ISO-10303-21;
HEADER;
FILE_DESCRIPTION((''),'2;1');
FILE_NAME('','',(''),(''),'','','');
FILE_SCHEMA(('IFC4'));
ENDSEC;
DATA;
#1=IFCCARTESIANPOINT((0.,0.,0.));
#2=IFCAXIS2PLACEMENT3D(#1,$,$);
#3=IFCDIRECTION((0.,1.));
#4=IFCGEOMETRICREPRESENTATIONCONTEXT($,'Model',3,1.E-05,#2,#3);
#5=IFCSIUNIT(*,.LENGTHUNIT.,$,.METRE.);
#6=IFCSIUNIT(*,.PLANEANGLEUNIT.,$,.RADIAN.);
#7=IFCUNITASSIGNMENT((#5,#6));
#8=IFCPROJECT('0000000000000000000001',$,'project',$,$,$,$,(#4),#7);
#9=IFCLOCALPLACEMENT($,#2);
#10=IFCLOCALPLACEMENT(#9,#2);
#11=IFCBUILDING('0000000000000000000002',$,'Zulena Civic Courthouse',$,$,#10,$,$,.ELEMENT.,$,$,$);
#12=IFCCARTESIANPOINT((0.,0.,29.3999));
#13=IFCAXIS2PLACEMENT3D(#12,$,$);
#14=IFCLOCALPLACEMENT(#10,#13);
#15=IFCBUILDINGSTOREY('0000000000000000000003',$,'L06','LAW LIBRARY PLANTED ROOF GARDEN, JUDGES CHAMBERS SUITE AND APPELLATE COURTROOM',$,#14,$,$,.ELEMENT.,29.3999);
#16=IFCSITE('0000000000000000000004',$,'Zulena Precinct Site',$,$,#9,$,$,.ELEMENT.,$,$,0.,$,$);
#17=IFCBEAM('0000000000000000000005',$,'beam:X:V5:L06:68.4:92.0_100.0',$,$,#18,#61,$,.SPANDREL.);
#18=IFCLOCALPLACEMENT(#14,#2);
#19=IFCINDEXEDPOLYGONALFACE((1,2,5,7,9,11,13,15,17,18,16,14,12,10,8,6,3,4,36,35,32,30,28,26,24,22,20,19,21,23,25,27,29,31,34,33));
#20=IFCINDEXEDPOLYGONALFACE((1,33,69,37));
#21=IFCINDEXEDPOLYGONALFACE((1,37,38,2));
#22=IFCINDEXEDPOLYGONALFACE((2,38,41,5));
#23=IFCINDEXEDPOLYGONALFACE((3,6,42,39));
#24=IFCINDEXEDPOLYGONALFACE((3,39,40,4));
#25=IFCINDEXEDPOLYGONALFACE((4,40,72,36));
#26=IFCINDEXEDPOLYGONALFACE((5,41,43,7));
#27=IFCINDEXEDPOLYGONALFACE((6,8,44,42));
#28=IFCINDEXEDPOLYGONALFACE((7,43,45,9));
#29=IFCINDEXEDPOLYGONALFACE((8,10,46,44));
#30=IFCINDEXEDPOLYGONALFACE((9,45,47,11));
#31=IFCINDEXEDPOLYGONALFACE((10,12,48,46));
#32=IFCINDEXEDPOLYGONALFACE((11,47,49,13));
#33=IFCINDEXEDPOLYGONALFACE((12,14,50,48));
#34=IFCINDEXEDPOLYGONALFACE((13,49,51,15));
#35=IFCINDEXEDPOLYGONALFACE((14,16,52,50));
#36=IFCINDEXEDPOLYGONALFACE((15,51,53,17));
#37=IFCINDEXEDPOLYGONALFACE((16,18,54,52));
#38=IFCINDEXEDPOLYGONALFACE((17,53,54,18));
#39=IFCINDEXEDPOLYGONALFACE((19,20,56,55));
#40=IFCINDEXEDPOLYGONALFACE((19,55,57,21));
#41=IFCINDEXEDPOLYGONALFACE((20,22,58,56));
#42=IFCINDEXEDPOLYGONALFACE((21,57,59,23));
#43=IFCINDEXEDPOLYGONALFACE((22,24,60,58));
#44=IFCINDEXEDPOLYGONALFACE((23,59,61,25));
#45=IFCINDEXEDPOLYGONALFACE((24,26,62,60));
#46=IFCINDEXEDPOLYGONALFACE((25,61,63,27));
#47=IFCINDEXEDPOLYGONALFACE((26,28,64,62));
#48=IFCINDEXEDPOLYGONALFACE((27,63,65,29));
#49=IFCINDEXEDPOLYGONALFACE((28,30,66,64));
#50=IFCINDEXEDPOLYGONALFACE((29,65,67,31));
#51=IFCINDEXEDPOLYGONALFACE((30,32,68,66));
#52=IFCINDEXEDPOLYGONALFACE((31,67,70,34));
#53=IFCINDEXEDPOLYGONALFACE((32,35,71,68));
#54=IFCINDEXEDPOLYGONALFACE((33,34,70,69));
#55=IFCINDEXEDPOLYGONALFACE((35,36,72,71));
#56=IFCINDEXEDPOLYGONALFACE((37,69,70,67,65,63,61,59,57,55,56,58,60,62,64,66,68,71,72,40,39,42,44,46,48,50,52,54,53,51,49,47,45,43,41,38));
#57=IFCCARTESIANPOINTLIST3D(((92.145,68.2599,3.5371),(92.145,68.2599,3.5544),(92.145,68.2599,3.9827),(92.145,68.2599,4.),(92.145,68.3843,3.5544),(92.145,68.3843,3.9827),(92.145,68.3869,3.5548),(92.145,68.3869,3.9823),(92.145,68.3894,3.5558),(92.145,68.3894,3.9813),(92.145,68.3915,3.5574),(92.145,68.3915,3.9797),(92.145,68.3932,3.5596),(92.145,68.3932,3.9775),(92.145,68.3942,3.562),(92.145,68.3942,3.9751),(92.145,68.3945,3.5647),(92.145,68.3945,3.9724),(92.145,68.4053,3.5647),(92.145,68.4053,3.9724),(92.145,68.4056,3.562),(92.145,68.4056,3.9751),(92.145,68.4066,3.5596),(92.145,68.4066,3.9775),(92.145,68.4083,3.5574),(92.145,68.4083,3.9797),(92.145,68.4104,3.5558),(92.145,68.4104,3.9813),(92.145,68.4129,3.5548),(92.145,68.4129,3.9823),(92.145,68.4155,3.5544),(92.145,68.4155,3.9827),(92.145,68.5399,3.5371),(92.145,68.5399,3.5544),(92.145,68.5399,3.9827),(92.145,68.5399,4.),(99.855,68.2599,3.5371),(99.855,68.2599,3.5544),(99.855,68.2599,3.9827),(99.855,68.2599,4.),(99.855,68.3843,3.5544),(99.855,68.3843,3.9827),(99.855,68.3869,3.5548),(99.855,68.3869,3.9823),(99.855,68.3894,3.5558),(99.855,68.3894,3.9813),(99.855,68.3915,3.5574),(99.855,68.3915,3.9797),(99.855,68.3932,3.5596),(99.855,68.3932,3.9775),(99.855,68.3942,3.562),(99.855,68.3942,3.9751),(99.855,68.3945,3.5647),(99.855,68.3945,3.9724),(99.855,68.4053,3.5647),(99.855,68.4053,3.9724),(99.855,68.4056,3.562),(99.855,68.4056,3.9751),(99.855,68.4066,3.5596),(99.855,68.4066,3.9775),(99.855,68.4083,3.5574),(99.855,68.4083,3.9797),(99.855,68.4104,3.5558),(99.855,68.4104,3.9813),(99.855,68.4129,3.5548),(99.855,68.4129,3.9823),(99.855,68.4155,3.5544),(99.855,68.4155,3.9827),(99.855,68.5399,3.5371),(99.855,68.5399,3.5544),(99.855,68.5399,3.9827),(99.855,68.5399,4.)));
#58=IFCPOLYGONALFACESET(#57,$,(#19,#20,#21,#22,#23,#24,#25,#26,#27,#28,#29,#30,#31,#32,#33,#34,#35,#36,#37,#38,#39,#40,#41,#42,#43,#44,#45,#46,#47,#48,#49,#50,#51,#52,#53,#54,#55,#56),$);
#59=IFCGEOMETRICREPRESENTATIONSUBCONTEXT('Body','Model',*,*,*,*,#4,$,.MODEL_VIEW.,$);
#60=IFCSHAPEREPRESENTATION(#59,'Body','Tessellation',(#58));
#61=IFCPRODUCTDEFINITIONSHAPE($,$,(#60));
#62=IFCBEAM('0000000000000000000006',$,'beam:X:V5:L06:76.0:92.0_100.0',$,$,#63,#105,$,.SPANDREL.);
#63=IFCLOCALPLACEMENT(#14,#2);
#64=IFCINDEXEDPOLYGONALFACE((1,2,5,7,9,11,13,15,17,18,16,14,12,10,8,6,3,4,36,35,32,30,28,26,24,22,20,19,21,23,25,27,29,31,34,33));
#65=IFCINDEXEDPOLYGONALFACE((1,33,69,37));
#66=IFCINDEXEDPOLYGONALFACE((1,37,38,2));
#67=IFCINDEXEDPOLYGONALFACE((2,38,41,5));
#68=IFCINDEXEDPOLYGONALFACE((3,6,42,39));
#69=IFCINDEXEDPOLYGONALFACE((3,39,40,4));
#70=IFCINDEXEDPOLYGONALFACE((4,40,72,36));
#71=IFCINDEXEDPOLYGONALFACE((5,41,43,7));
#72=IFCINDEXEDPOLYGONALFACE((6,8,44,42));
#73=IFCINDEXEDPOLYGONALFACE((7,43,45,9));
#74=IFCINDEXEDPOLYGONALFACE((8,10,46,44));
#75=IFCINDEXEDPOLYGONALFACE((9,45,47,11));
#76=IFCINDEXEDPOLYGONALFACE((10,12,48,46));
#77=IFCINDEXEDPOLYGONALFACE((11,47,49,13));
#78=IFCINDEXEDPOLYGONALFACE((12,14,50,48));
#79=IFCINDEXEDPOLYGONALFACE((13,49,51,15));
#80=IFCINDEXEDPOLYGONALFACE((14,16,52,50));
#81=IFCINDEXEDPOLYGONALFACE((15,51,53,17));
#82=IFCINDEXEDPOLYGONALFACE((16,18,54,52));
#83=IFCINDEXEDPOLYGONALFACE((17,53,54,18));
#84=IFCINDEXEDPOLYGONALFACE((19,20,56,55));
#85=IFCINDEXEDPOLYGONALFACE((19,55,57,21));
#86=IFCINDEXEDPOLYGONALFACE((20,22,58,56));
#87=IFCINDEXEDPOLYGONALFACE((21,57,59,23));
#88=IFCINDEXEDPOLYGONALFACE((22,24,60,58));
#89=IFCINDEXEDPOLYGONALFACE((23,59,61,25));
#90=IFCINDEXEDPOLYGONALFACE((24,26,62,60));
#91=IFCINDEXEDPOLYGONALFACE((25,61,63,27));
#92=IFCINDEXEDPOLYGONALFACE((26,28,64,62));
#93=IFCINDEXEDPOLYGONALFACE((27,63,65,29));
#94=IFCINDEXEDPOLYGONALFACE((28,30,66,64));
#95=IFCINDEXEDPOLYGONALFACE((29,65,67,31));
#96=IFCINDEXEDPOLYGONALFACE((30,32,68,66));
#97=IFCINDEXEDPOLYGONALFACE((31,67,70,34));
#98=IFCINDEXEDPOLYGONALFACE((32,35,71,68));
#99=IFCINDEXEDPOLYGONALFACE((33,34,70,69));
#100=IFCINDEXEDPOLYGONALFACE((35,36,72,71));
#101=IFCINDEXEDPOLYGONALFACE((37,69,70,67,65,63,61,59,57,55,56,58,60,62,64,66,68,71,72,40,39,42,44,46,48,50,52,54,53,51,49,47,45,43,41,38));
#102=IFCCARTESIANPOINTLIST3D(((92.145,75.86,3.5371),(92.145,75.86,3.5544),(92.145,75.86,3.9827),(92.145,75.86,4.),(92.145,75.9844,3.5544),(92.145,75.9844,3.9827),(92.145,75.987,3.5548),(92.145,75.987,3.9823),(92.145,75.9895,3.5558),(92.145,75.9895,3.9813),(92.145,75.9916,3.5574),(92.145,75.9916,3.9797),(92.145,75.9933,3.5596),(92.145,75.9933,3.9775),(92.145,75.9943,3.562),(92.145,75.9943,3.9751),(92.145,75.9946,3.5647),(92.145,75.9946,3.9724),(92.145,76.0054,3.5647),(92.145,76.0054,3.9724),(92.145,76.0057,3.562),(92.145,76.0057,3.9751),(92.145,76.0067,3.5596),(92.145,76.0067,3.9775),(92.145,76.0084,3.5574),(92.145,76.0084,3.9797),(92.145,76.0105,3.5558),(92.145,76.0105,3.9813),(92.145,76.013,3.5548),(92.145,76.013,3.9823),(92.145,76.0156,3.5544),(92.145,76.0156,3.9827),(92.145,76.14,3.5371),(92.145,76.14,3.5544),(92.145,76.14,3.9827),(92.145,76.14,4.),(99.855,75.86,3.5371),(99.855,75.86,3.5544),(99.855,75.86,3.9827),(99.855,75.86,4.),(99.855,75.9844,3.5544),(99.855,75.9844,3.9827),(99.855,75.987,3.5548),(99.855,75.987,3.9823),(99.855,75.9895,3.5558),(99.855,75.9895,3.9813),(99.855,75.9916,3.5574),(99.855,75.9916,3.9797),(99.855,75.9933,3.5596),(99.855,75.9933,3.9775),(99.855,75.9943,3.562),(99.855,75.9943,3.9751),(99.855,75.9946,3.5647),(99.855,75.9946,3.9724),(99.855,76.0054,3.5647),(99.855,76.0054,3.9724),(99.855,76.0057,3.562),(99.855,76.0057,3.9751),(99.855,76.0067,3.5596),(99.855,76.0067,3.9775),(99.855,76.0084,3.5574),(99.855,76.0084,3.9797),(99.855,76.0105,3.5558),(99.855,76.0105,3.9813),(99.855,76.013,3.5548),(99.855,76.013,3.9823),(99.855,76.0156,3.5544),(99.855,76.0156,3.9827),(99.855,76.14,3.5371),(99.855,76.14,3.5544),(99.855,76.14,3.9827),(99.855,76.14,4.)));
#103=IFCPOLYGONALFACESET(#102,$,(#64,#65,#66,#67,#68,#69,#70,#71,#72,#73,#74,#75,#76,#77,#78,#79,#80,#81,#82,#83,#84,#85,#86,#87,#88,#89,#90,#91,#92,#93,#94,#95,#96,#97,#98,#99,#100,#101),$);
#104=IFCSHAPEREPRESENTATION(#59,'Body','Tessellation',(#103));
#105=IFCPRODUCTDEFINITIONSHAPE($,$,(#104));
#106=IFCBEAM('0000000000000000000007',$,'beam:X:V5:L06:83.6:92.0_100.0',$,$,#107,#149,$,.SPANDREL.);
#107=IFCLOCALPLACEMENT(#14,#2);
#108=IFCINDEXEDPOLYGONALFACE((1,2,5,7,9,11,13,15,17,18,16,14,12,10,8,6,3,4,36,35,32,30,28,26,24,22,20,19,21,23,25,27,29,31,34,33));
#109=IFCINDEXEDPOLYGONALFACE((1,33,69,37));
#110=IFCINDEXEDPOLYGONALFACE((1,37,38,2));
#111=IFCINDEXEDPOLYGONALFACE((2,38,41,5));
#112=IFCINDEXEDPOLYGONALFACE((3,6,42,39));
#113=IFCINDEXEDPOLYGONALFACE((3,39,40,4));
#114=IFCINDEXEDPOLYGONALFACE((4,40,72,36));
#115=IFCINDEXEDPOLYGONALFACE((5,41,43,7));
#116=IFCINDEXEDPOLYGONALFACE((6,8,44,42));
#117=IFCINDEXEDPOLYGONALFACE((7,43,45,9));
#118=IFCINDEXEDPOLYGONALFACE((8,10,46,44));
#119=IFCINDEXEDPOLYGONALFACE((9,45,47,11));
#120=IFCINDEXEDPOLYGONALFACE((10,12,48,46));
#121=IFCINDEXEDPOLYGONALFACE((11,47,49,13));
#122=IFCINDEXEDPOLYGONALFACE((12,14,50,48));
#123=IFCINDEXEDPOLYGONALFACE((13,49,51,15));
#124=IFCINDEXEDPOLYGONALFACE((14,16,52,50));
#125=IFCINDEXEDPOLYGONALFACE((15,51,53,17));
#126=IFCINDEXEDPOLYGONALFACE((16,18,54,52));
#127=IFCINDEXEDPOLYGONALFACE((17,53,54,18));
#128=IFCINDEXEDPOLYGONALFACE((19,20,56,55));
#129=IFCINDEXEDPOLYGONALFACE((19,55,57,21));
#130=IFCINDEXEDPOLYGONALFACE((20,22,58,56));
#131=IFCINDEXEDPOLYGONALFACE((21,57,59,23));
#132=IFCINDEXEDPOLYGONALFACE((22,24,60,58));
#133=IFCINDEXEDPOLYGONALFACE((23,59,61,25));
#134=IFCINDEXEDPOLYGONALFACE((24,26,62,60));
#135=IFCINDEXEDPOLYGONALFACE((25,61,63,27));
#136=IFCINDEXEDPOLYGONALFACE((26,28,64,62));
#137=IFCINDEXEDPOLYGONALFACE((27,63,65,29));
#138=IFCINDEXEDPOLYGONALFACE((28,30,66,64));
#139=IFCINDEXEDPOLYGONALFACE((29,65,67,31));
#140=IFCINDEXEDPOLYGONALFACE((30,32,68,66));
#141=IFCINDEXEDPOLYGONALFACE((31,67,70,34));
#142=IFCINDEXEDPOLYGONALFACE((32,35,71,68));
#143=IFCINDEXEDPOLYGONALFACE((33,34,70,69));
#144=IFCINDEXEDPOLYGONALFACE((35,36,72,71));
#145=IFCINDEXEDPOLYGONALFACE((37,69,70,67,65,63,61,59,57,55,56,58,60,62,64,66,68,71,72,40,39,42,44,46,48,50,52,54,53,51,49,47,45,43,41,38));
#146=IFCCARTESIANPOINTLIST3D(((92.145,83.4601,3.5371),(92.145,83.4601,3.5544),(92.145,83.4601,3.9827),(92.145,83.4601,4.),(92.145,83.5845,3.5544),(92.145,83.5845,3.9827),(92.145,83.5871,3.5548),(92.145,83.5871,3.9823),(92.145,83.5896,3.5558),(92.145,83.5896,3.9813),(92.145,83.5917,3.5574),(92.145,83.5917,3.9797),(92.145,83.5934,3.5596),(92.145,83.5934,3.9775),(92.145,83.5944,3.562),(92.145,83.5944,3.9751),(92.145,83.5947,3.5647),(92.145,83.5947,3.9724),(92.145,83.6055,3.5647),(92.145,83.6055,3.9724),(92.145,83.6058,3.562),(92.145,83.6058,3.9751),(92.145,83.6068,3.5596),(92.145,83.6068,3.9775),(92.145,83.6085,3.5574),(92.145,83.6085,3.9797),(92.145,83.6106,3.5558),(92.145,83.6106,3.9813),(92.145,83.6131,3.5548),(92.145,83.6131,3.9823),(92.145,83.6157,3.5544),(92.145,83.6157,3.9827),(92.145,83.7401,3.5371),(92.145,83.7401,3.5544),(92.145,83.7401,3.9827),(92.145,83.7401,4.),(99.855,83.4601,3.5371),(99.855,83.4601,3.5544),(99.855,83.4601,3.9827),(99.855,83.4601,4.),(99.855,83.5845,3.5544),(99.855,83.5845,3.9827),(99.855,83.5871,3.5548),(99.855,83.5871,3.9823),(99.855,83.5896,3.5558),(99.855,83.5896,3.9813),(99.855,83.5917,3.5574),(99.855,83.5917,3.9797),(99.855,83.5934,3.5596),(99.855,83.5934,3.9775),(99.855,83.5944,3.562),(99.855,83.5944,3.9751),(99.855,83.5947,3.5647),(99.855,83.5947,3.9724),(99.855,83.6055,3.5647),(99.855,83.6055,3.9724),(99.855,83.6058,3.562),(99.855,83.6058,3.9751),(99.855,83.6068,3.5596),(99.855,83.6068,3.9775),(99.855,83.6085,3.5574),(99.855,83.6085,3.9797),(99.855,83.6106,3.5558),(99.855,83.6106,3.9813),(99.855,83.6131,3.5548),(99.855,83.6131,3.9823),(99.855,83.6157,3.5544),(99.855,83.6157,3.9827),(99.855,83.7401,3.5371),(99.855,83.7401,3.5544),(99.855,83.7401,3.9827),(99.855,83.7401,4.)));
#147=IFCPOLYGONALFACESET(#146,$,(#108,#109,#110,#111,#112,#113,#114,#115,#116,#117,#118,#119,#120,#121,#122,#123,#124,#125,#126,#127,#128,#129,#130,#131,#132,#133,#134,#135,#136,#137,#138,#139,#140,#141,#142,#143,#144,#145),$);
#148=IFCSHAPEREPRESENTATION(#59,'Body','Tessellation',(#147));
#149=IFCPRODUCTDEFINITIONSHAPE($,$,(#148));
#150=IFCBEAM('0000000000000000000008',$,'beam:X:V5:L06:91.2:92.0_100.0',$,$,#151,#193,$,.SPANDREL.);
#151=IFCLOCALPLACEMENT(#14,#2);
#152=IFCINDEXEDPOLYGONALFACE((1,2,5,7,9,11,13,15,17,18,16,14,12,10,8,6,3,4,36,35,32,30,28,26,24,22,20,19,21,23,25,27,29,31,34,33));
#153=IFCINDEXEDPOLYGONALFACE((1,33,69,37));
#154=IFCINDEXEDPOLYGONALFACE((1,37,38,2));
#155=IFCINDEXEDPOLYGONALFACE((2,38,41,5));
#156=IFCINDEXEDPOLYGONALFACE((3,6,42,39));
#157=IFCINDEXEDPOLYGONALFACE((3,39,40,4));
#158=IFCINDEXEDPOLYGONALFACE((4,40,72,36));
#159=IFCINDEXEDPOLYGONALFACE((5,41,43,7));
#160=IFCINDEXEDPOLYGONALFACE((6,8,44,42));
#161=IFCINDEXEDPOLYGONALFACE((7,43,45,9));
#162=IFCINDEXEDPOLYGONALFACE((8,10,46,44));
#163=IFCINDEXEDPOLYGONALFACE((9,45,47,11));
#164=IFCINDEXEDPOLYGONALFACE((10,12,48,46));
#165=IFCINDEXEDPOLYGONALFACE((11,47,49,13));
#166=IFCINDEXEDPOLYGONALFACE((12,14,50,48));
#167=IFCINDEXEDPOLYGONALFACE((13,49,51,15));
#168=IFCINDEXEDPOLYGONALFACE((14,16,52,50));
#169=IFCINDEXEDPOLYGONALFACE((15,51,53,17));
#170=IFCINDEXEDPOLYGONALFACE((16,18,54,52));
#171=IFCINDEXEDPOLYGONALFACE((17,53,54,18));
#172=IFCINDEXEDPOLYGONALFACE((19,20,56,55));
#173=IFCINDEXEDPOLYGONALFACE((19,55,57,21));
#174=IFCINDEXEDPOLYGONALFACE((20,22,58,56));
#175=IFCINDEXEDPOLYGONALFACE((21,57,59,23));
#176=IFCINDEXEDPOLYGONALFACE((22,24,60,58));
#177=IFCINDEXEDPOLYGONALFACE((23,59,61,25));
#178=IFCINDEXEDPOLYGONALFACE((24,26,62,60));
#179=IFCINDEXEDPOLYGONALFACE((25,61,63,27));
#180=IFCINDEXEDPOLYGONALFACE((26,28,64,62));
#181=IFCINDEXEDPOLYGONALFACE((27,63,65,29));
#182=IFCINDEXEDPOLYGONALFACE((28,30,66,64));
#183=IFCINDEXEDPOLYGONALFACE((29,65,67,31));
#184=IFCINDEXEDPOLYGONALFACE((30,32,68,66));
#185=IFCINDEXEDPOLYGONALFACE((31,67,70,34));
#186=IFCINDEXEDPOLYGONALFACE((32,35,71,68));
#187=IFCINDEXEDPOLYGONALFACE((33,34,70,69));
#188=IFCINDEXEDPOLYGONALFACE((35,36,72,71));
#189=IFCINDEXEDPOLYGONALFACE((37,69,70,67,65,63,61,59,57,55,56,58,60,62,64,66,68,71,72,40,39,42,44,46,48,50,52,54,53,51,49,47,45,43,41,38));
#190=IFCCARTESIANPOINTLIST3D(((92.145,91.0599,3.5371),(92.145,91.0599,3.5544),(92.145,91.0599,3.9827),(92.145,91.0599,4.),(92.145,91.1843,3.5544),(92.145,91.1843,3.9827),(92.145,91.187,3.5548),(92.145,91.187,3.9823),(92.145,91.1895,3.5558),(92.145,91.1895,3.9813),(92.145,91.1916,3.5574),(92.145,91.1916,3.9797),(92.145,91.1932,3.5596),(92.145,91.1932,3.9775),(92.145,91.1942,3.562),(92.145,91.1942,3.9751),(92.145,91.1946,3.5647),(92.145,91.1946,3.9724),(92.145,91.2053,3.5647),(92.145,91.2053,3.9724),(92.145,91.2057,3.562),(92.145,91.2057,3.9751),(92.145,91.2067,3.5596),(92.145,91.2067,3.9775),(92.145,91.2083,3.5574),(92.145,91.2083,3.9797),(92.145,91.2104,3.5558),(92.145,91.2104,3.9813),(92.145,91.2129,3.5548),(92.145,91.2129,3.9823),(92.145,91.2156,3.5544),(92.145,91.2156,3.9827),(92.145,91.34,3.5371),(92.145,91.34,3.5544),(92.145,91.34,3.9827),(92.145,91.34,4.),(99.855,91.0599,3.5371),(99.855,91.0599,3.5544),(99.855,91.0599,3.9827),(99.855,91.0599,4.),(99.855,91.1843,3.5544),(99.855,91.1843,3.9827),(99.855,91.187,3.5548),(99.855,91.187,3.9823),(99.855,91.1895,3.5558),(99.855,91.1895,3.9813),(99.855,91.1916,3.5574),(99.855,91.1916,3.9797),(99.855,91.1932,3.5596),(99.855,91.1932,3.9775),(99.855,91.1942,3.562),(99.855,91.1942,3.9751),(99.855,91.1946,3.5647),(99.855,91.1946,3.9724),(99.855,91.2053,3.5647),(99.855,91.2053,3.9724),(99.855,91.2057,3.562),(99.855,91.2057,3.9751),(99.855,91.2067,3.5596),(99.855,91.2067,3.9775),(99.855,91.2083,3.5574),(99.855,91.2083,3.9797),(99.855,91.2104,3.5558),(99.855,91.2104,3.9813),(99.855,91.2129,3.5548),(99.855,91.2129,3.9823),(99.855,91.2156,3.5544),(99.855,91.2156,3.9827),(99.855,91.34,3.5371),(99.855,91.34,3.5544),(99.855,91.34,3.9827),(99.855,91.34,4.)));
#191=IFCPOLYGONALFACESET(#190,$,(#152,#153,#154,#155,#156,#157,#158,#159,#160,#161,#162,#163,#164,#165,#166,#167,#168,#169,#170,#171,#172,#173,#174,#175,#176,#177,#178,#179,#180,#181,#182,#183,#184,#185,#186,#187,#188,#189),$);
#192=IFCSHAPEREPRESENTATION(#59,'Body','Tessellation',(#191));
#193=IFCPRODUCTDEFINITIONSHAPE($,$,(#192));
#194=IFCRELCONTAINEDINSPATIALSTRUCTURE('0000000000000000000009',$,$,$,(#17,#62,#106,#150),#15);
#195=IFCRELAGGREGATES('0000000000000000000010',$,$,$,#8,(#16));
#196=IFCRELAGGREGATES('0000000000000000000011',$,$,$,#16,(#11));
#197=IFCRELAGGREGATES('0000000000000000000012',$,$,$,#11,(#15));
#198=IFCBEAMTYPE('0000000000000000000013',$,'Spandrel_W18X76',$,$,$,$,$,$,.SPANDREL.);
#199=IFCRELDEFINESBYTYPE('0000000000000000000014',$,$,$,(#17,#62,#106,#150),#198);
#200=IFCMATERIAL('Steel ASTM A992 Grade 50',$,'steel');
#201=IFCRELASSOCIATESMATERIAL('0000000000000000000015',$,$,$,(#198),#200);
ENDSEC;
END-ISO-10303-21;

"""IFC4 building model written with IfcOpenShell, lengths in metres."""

from ifc_helpers import new_model, si_unit, direction, frame, origin, origin_2d, place, context, subcontext, project, spatial, i_section, extrude, material, material_profile, profile_set, type_object, element, save


model = new_model("IFC4")

# Units and contexts
model_context = context("Model", 3, precision=1e-05, world=origin(), true_north=direction((0.0, 1.0)))
body_context = subcontext(model_context, "Body", "Model", "MODEL_VIEW")
ifc_project = project(units=[si_unit("LENGTHUNIT", "METRE"), si_unit("PLANEANGLEUNIT", "RADIAN")], contexts=[model_context])

# Site, building, storey
site_placement = place(None, origin())
site = spatial("IfcSite", under=ifc_project, at=site_placement, Name="Zulena Precinct Site", CompositionType="ELEMENT", RefElevation=0.0)
building_placement = place(site_placement, origin())
building = spatial("IfcBuilding", under=site, at=building_placement, Name="Zulena Civic Courthouse", CompositionType="ELEMENT")
storey_placement = place(building_placement, frame((0.0, 0.0, 29.3999)))
storey = spatial("IfcBuildingStorey", under=building, at=storey_placement, Name="L06", Description="LAW LIBRARY PLANTED ROOF GARDEN, JUDGES CHAMBERS SUITE AND APPELLATE COURTROOM", CompositionType="ELEMENT", Elevation=29.3999)

# Shared definitions
ifc_material_1 = material(Name="Steel ASTM A992 Grade 50", Category="steel")

# Beams
ifc_material_profile_1 = material_profile(ifc_material_1, i_section(OverallWidth=0.28, OverallDepth=0.4629, WebThickness=0.0107, FlangeThickness=0.0173, FilletRadius=0.0103, at=origin_2d()), Name="W18X76")
ifc_profile_set_1 = profile_set([ifc_material_profile_1], Name="Steel ASTM A992 Grade 50")
beam_type_1 = type_object("IfcBeamType", Name="Spandrel_W18X76", PredefinedType="SPANDREL", material=ifc_profile_set_1)
for number, where, z_axis, x_axis, name in (
    (1, (92.145, 68.3999, 3.7686), (1.0, 0.0, 0.0), (0.0, 1.0, 0.0), "beam:X:V5:L06:68.4:92.0_100.0"),
    (2, (92.145, 76.0, 3.7686), (1.0, 0.0, 0.0), (0.0, 1.0, 0.0), "beam:X:V5:L06:76.0:92.0_100.0"),
    (3, (92.145, 83.6001, 3.7686), (1.0, 0.0, 0.0), (0.0, 1.0, 0.0), "beam:X:V5:L06:83.6:92.0_100.0"),
    (4, (92.145, 91.2, 3.7686), (1.0, 0.0, 0.0), (0.0, 1.0, 0.0), "beam:X:V5:L06:91.2:92.0_100.0"),
):
    element("IfcBeam", number, at=place(storey_placement, frame(where, z_axis=z_axis, x_axis=x_axis)), inside=storey, type_object=beam_type_1, Name=name, PredefinedType="SPANDREL", context=body_context, shape_type="SweptSolid", body=[
        extrude(i_section(OverallWidth=0.28, OverallDepth=0.4629, WebThickness=0.0107, FlangeThickness=0.0173, FilletRadius=0.0103, at=origin_2d()), origin(), (0.0, 0.0, 1.0), 7.71),
    ])

save(model, "model.ifc")
